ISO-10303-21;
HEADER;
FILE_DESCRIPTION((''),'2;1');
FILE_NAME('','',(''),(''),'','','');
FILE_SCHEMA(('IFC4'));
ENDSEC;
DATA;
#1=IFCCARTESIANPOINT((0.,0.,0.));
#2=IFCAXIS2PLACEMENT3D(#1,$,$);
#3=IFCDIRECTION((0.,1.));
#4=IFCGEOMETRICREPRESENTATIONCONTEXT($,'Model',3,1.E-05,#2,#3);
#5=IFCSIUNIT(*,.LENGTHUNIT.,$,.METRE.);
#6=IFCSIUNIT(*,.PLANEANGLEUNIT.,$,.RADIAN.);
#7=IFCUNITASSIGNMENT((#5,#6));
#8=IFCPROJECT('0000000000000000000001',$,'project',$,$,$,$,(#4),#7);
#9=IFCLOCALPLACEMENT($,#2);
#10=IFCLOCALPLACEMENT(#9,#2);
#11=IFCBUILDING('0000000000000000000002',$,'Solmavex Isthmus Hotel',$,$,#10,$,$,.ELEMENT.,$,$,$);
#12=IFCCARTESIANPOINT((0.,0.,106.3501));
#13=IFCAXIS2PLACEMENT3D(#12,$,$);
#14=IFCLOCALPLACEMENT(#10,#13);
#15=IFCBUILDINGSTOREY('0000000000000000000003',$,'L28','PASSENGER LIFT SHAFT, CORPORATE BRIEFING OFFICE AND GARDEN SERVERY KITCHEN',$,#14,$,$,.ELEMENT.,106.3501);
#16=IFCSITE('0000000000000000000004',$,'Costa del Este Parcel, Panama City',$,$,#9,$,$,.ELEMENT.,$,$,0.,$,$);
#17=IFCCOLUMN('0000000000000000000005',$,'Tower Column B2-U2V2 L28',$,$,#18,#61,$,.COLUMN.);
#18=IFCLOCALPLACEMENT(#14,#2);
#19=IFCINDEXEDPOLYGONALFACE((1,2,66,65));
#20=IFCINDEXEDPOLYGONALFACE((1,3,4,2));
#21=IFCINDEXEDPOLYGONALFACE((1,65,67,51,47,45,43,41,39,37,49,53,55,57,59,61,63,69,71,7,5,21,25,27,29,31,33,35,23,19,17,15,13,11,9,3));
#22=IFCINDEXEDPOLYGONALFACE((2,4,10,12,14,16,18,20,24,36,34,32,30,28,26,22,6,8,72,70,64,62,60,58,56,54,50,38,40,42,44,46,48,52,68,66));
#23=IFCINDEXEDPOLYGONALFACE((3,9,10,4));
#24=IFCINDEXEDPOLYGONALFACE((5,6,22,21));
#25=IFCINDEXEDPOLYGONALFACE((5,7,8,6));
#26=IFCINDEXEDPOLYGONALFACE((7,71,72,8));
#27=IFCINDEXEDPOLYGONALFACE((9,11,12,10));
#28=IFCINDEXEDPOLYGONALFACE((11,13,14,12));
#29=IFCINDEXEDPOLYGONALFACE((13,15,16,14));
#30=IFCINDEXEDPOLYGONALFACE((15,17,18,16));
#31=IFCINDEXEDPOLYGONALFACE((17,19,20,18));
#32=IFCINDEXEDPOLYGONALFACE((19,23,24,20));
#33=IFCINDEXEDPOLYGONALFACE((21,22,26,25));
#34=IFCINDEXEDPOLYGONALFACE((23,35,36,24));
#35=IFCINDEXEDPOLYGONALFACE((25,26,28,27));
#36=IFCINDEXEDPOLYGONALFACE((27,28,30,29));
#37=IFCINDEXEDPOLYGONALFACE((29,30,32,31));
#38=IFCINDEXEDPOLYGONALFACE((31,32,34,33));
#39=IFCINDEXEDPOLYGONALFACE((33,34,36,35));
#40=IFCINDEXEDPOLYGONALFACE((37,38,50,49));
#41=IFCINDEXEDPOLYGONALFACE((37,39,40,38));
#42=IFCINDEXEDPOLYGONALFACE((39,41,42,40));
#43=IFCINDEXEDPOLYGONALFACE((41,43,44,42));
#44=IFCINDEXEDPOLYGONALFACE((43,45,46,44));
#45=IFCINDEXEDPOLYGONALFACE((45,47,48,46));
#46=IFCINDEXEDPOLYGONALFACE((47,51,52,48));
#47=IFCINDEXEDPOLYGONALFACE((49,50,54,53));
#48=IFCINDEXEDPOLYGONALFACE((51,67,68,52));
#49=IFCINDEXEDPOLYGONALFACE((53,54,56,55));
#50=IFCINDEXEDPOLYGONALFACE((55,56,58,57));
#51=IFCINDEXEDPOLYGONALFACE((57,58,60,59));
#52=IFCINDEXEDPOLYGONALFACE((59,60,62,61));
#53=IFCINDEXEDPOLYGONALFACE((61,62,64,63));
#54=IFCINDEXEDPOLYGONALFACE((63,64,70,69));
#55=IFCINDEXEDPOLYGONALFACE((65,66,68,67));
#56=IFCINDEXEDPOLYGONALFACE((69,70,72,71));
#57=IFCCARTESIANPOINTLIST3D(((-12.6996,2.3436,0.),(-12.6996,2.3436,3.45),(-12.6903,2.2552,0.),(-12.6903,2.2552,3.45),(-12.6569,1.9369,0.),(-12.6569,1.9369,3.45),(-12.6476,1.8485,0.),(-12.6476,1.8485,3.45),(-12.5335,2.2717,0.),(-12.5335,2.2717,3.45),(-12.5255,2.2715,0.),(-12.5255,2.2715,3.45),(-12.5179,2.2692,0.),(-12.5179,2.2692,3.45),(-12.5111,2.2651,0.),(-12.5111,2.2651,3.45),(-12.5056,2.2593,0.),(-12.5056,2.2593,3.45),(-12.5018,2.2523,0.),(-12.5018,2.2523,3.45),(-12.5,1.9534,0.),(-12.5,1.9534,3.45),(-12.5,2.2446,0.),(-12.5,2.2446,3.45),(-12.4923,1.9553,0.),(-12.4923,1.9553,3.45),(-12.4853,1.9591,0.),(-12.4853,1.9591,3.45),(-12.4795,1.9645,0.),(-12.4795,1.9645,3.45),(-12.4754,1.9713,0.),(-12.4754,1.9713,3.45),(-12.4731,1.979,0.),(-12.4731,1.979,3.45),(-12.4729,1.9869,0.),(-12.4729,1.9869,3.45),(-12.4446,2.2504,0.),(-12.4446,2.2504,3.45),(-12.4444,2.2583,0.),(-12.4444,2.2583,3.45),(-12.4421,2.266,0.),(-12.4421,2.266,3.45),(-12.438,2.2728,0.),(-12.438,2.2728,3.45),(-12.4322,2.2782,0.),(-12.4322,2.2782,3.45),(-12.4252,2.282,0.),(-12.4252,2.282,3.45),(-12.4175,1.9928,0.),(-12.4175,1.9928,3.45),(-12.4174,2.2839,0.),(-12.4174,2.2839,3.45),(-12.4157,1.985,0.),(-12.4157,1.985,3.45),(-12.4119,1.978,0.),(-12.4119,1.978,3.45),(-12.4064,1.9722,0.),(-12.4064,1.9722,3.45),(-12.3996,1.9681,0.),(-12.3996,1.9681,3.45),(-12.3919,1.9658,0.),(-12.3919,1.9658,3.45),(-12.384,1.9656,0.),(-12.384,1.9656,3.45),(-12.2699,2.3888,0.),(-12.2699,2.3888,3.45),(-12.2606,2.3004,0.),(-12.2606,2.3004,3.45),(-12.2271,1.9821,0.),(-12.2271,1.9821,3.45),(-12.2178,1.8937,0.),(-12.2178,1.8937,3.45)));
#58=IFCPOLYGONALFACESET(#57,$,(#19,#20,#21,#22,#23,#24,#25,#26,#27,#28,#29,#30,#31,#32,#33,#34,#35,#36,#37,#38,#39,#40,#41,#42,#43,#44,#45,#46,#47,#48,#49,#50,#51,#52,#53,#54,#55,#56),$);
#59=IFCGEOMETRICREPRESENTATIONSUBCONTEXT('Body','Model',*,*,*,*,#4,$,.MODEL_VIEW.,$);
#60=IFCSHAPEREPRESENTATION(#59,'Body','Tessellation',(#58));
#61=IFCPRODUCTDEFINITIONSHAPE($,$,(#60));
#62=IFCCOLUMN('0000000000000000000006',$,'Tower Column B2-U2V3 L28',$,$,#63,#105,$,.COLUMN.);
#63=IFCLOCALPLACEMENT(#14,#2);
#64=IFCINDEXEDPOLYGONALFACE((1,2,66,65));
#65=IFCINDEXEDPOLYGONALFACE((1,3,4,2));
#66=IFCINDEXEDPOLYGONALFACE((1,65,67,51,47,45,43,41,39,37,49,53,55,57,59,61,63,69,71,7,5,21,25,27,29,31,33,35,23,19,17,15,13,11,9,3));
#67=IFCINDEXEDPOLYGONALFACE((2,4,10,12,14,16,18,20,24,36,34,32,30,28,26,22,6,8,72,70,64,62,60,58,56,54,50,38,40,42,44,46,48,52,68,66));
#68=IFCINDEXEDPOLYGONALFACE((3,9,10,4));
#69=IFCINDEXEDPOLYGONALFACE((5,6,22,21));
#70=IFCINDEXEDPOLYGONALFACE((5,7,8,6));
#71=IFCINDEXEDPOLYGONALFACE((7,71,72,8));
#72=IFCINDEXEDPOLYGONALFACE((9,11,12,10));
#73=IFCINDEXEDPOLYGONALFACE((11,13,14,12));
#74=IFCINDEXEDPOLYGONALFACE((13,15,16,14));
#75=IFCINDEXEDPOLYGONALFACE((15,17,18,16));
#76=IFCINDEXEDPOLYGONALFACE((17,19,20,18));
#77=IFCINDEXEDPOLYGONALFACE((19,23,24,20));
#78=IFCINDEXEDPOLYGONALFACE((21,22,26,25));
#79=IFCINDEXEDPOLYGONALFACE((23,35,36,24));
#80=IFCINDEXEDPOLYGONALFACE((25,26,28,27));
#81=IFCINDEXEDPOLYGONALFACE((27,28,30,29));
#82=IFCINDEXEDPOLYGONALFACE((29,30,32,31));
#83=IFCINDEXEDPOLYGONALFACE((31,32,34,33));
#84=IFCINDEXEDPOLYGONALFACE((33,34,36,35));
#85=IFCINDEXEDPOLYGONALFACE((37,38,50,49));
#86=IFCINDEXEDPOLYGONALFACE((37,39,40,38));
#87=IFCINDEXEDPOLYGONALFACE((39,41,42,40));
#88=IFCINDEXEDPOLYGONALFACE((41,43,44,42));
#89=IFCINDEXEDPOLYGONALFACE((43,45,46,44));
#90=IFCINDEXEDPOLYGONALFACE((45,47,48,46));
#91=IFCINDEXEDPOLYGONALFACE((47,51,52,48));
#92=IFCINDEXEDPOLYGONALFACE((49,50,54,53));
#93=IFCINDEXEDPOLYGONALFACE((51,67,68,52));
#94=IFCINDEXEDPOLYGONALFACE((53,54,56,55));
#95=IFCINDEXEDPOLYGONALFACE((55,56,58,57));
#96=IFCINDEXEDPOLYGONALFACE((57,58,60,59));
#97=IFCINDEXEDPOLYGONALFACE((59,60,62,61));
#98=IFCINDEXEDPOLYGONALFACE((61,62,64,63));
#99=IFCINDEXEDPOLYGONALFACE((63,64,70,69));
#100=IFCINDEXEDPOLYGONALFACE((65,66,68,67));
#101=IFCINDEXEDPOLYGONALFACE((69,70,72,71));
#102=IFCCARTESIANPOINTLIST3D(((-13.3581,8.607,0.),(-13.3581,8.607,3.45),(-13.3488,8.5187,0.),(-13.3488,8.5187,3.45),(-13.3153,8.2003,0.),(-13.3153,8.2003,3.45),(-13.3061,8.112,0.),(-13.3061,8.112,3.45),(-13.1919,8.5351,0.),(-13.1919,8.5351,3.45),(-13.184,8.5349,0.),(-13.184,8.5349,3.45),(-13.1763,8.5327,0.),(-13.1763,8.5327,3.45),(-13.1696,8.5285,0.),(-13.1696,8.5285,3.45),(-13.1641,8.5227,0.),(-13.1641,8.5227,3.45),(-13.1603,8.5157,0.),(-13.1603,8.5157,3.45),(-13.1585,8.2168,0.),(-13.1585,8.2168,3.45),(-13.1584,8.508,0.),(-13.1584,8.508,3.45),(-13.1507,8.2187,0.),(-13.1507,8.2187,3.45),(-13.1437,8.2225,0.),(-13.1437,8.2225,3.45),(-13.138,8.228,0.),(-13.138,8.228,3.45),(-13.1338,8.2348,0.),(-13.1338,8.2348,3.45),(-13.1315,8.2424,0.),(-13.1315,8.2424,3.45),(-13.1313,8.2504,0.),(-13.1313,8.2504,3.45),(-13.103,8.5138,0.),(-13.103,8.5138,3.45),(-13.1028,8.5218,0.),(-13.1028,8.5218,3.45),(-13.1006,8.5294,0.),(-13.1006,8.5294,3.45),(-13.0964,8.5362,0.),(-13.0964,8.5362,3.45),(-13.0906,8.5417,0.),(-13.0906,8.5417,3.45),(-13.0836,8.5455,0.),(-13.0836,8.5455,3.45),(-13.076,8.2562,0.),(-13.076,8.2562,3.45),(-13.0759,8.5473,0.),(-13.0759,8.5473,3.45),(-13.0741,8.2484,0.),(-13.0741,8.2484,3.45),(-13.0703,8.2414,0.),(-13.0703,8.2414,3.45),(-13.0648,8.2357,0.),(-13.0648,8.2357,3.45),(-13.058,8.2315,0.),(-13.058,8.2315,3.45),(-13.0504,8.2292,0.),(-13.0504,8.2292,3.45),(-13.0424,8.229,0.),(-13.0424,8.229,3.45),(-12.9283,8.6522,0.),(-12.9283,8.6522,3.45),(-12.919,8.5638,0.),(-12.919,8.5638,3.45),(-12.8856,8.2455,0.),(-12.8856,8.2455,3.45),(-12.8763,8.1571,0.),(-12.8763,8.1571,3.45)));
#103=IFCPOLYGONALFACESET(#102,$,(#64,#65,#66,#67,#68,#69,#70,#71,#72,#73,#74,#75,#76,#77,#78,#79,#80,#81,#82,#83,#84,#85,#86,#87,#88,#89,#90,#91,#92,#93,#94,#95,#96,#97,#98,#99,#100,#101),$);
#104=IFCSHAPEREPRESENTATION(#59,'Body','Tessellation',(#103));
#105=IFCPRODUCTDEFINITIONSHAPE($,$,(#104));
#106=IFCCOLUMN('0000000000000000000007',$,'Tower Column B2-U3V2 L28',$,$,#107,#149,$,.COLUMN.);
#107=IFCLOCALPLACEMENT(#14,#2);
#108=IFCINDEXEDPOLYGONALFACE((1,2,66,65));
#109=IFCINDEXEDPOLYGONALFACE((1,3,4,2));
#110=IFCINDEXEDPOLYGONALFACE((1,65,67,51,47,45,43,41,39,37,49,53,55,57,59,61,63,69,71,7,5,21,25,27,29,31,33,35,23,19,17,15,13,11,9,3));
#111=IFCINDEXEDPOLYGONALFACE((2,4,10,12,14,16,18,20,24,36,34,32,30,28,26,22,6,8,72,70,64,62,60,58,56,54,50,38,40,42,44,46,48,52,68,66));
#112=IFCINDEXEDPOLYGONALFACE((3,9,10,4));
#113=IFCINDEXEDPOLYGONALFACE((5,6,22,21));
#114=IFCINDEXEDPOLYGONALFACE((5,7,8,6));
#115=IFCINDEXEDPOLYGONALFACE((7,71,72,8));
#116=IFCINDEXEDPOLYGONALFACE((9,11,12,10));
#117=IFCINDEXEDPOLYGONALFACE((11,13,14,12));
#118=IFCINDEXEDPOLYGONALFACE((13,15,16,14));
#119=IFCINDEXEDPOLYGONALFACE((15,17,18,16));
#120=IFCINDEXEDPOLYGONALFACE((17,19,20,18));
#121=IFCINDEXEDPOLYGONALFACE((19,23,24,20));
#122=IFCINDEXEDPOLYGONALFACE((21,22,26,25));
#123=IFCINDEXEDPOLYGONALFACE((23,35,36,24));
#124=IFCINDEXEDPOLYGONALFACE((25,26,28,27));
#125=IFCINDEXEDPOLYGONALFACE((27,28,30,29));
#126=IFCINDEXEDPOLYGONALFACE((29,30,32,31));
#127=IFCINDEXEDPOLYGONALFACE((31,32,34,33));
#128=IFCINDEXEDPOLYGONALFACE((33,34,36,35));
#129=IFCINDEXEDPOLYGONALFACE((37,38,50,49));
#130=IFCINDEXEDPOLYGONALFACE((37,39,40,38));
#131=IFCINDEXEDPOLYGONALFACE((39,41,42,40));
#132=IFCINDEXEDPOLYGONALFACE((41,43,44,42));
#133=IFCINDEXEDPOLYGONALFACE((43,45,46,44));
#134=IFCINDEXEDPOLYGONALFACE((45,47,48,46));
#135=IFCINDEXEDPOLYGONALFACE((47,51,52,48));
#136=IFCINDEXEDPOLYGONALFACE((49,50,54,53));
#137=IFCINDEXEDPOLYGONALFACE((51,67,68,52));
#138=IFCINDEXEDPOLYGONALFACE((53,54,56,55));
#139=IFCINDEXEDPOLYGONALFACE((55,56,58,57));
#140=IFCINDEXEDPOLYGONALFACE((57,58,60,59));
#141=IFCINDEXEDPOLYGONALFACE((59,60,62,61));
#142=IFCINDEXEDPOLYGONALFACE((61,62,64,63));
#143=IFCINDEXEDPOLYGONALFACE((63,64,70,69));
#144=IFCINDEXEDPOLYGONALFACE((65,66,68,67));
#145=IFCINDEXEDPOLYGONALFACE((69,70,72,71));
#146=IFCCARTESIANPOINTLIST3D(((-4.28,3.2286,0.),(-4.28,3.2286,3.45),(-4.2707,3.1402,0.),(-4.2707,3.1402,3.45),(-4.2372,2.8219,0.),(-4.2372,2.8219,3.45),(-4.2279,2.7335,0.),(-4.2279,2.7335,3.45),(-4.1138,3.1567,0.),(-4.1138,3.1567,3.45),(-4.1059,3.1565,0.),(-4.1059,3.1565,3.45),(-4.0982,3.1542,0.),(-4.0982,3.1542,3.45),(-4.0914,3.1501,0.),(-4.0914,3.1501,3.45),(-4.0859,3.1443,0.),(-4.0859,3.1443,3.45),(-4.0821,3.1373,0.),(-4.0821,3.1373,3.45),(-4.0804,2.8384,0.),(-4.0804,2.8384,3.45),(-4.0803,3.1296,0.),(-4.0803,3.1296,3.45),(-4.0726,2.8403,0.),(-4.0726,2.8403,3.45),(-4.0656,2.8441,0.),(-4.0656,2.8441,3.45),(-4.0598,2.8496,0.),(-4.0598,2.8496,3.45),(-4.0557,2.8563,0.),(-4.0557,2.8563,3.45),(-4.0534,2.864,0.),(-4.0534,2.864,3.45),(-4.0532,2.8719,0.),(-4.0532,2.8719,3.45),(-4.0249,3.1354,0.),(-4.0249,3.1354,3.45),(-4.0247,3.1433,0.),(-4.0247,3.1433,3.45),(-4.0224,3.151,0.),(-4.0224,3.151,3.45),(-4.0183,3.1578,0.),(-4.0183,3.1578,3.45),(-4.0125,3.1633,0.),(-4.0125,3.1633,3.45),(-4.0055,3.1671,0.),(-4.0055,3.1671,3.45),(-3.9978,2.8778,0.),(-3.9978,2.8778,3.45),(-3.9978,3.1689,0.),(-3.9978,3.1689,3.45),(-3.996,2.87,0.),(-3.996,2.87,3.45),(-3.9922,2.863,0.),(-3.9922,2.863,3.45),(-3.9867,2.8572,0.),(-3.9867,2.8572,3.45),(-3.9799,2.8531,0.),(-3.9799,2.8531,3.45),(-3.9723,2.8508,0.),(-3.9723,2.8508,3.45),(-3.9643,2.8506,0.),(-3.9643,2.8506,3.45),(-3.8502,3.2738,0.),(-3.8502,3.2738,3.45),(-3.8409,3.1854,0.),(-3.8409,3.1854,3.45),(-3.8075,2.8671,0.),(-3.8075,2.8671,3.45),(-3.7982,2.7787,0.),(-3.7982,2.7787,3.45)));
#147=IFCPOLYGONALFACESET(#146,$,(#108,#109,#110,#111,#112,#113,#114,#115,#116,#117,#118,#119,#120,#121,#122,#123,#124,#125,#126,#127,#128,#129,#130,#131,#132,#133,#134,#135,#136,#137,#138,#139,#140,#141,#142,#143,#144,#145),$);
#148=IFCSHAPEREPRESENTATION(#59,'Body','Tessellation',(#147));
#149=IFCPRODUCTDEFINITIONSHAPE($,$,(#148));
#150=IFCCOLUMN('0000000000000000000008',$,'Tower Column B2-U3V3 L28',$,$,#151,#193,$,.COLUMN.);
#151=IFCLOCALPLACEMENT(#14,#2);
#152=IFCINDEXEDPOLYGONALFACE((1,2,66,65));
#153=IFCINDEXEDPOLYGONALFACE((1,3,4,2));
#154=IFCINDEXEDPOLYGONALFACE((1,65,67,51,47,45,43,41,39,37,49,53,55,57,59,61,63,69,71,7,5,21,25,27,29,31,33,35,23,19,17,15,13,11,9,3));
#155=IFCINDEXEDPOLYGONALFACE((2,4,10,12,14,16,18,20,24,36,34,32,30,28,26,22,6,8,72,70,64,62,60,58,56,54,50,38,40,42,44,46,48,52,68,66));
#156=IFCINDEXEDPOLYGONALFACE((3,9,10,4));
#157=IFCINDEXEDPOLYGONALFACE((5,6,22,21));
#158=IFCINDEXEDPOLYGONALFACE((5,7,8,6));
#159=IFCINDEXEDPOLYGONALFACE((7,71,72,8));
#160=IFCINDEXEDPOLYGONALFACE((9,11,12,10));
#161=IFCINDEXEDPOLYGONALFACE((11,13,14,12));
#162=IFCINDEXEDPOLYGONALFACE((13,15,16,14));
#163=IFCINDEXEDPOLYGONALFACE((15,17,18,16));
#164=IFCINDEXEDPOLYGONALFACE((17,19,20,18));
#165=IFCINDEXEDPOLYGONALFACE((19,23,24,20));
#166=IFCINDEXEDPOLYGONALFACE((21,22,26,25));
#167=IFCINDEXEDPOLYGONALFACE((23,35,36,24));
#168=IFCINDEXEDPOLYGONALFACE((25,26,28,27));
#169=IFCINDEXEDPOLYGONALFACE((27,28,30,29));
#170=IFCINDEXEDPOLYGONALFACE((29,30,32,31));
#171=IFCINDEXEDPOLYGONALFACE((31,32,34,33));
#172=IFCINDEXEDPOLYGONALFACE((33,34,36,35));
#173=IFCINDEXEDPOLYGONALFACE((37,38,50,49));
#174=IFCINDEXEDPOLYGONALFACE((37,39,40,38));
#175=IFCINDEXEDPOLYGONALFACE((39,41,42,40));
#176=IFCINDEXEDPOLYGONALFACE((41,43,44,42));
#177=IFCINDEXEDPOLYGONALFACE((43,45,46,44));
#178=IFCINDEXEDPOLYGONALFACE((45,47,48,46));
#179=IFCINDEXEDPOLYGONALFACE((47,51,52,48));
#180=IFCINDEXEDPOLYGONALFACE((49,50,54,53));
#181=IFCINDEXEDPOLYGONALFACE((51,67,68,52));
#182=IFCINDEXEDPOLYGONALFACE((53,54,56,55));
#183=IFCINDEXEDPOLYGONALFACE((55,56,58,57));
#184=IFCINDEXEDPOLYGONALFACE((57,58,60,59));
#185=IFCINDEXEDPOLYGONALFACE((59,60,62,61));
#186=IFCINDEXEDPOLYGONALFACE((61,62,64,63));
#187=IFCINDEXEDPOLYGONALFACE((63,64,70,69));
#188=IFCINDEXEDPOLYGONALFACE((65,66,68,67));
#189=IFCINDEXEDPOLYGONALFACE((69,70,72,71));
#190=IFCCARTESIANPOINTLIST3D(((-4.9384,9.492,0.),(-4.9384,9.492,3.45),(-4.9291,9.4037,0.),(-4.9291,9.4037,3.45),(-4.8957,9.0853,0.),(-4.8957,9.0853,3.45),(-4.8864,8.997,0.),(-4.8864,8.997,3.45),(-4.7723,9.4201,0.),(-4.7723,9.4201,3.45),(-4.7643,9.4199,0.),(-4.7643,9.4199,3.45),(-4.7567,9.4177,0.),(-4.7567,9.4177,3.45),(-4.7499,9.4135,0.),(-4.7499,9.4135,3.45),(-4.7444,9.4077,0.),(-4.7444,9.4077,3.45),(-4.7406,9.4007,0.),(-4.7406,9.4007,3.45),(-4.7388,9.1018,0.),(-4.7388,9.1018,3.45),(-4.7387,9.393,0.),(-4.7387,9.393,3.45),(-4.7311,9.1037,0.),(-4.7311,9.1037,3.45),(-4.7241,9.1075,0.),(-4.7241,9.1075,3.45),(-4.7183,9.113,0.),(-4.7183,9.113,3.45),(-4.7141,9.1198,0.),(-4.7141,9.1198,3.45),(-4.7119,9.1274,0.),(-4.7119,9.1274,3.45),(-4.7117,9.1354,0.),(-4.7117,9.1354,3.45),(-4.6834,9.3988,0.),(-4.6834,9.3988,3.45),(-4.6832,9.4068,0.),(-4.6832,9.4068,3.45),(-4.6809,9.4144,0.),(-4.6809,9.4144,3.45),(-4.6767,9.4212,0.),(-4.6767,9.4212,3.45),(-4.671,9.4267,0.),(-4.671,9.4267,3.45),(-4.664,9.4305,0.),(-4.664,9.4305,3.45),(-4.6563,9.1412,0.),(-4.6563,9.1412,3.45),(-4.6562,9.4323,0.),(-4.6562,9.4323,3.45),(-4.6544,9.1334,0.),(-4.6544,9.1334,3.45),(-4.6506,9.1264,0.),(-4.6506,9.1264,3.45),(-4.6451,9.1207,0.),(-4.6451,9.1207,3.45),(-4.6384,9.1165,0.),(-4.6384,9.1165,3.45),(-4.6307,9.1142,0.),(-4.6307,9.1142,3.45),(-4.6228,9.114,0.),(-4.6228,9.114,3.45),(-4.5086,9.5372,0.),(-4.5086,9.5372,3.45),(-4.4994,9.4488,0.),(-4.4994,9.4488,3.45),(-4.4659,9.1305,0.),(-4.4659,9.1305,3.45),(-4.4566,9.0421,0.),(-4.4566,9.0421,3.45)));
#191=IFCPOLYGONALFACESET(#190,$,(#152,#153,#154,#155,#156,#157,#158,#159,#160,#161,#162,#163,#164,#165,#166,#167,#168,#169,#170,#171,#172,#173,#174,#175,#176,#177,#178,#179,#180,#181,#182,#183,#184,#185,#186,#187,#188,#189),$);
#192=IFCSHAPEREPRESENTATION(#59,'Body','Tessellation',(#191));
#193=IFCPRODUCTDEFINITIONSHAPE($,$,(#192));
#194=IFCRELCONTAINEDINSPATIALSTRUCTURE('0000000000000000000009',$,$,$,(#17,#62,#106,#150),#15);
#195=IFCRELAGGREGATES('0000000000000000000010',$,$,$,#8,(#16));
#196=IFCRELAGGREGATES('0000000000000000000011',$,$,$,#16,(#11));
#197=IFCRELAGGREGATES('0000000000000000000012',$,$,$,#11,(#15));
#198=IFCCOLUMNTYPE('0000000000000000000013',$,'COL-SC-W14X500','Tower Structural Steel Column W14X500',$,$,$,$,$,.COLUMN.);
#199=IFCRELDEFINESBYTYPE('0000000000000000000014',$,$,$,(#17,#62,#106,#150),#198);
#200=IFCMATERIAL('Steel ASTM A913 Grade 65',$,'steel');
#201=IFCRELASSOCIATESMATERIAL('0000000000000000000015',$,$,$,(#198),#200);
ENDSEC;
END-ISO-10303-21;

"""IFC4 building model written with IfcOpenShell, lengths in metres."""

from ifc_helpers import new_model, si_unit, direction, frame, origin, origin_2d, place, context, subcontext, project, spatial, i_section, extrude, material, material_profile, profile_set, type_object, element, save


model = new_model("IFC4")

# Units and contexts
model_context = context("Model", 3, precision=1e-05, world=origin(), true_north=direction((0.0, 1.0)))
body_context = subcontext(model_context, "Body", "Model", "MODEL_VIEW")
ifc_project = project(units=[si_unit("LENGTHUNIT", "METRE"), si_unit("PLANEANGLEUNIT", "RADIAN")], contexts=[model_context])

# Site, building, storey
site_placement = place(None, origin())
site = spatial("IfcSite", under=ifc_project, at=site_placement, Name="Costa del Este Parcel, Panama City", CompositionType="ELEMENT", RefElevation=0.0)
building_placement = place(site_placement, origin())
building = spatial("IfcBuilding", under=site, at=building_placement, Name="Solmavex Isthmus Hotel", CompositionType="ELEMENT")
storey_placement = place(building_placement, frame((0.0, 0.0, 106.3501)))
storey = spatial("IfcBuildingStorey", under=building, at=storey_placement, Name="L28", Description="PASSENGER LIFT SHAFT, CORPORATE BRIEFING OFFICE AND GARDEN SERVERY KITCHEN", CompositionType="ELEMENT", Elevation=106.3501)

# Columns
ifc_material_1 = material(Name="Steel ASTM A913 Grade 65", Category="steel")
ifc_material_profile_1 = material_profile(ifc_material_1, i_section(OverallWidth=0.4321, OverallDepth=0.4978, WebThickness=0.0557, FlangeThickness=0.0889, FilletRadius=0.0305, at=origin_2d()), Name="W14X500")
ifc_profile_set_1 = profile_set([ifc_material_profile_1], Name="Steel ASTM A913 Grade 65")
column_type = type_object("IfcColumnType", Name="COL-SC-W14X500", Description="Tower Structural Steel Column W14X500", PredefinedType="COLUMN", material=ifc_profile_set_1)
for number, where, z_axis, x_axis, name in (
    (1, (-12.4587, 2.1187, 0.0), (0.0, 0.0, 1.0), (0.994522, 0.104528, 0.0), "Tower Column B2-U2V2 L28"),
    (2, (-13.1172, 8.3821, 0.0), (0.0, 0.0, 1.0), (0.994522, 0.104528, 0.0), "Tower Column B2-U2V3 L28"),
    (3, (-4.0391, 3.0037, 0.0), (0.0, 0.0, 1.0), (0.994522, 0.104528, 0.0), "Tower Column B2-U3V2 L28"),
    (4, (-4.6975, 9.2671, 0.0), (0.0, 0.0, 1.0), (0.994522, 0.104528, 0.0), "Tower Column B2-U3V3 L28"),
):
    element("IfcColumn", number, at=place(storey_placement, frame(where, z_axis=z_axis, x_axis=x_axis)), inside=storey, type_object=column_type, Name=name, PredefinedType="COLUMN", context=body_context, shape_type="SweptSolid", body=[
        extrude(i_section(OverallWidth=0.4321, OverallDepth=0.4978, WebThickness=0.0557, FlangeThickness=0.0889, FilletRadius=0.0305, at=origin_2d()), origin(), (0.0, 0.0, 1.0), 3.45),
    ])

save(model, "model.ifc")
